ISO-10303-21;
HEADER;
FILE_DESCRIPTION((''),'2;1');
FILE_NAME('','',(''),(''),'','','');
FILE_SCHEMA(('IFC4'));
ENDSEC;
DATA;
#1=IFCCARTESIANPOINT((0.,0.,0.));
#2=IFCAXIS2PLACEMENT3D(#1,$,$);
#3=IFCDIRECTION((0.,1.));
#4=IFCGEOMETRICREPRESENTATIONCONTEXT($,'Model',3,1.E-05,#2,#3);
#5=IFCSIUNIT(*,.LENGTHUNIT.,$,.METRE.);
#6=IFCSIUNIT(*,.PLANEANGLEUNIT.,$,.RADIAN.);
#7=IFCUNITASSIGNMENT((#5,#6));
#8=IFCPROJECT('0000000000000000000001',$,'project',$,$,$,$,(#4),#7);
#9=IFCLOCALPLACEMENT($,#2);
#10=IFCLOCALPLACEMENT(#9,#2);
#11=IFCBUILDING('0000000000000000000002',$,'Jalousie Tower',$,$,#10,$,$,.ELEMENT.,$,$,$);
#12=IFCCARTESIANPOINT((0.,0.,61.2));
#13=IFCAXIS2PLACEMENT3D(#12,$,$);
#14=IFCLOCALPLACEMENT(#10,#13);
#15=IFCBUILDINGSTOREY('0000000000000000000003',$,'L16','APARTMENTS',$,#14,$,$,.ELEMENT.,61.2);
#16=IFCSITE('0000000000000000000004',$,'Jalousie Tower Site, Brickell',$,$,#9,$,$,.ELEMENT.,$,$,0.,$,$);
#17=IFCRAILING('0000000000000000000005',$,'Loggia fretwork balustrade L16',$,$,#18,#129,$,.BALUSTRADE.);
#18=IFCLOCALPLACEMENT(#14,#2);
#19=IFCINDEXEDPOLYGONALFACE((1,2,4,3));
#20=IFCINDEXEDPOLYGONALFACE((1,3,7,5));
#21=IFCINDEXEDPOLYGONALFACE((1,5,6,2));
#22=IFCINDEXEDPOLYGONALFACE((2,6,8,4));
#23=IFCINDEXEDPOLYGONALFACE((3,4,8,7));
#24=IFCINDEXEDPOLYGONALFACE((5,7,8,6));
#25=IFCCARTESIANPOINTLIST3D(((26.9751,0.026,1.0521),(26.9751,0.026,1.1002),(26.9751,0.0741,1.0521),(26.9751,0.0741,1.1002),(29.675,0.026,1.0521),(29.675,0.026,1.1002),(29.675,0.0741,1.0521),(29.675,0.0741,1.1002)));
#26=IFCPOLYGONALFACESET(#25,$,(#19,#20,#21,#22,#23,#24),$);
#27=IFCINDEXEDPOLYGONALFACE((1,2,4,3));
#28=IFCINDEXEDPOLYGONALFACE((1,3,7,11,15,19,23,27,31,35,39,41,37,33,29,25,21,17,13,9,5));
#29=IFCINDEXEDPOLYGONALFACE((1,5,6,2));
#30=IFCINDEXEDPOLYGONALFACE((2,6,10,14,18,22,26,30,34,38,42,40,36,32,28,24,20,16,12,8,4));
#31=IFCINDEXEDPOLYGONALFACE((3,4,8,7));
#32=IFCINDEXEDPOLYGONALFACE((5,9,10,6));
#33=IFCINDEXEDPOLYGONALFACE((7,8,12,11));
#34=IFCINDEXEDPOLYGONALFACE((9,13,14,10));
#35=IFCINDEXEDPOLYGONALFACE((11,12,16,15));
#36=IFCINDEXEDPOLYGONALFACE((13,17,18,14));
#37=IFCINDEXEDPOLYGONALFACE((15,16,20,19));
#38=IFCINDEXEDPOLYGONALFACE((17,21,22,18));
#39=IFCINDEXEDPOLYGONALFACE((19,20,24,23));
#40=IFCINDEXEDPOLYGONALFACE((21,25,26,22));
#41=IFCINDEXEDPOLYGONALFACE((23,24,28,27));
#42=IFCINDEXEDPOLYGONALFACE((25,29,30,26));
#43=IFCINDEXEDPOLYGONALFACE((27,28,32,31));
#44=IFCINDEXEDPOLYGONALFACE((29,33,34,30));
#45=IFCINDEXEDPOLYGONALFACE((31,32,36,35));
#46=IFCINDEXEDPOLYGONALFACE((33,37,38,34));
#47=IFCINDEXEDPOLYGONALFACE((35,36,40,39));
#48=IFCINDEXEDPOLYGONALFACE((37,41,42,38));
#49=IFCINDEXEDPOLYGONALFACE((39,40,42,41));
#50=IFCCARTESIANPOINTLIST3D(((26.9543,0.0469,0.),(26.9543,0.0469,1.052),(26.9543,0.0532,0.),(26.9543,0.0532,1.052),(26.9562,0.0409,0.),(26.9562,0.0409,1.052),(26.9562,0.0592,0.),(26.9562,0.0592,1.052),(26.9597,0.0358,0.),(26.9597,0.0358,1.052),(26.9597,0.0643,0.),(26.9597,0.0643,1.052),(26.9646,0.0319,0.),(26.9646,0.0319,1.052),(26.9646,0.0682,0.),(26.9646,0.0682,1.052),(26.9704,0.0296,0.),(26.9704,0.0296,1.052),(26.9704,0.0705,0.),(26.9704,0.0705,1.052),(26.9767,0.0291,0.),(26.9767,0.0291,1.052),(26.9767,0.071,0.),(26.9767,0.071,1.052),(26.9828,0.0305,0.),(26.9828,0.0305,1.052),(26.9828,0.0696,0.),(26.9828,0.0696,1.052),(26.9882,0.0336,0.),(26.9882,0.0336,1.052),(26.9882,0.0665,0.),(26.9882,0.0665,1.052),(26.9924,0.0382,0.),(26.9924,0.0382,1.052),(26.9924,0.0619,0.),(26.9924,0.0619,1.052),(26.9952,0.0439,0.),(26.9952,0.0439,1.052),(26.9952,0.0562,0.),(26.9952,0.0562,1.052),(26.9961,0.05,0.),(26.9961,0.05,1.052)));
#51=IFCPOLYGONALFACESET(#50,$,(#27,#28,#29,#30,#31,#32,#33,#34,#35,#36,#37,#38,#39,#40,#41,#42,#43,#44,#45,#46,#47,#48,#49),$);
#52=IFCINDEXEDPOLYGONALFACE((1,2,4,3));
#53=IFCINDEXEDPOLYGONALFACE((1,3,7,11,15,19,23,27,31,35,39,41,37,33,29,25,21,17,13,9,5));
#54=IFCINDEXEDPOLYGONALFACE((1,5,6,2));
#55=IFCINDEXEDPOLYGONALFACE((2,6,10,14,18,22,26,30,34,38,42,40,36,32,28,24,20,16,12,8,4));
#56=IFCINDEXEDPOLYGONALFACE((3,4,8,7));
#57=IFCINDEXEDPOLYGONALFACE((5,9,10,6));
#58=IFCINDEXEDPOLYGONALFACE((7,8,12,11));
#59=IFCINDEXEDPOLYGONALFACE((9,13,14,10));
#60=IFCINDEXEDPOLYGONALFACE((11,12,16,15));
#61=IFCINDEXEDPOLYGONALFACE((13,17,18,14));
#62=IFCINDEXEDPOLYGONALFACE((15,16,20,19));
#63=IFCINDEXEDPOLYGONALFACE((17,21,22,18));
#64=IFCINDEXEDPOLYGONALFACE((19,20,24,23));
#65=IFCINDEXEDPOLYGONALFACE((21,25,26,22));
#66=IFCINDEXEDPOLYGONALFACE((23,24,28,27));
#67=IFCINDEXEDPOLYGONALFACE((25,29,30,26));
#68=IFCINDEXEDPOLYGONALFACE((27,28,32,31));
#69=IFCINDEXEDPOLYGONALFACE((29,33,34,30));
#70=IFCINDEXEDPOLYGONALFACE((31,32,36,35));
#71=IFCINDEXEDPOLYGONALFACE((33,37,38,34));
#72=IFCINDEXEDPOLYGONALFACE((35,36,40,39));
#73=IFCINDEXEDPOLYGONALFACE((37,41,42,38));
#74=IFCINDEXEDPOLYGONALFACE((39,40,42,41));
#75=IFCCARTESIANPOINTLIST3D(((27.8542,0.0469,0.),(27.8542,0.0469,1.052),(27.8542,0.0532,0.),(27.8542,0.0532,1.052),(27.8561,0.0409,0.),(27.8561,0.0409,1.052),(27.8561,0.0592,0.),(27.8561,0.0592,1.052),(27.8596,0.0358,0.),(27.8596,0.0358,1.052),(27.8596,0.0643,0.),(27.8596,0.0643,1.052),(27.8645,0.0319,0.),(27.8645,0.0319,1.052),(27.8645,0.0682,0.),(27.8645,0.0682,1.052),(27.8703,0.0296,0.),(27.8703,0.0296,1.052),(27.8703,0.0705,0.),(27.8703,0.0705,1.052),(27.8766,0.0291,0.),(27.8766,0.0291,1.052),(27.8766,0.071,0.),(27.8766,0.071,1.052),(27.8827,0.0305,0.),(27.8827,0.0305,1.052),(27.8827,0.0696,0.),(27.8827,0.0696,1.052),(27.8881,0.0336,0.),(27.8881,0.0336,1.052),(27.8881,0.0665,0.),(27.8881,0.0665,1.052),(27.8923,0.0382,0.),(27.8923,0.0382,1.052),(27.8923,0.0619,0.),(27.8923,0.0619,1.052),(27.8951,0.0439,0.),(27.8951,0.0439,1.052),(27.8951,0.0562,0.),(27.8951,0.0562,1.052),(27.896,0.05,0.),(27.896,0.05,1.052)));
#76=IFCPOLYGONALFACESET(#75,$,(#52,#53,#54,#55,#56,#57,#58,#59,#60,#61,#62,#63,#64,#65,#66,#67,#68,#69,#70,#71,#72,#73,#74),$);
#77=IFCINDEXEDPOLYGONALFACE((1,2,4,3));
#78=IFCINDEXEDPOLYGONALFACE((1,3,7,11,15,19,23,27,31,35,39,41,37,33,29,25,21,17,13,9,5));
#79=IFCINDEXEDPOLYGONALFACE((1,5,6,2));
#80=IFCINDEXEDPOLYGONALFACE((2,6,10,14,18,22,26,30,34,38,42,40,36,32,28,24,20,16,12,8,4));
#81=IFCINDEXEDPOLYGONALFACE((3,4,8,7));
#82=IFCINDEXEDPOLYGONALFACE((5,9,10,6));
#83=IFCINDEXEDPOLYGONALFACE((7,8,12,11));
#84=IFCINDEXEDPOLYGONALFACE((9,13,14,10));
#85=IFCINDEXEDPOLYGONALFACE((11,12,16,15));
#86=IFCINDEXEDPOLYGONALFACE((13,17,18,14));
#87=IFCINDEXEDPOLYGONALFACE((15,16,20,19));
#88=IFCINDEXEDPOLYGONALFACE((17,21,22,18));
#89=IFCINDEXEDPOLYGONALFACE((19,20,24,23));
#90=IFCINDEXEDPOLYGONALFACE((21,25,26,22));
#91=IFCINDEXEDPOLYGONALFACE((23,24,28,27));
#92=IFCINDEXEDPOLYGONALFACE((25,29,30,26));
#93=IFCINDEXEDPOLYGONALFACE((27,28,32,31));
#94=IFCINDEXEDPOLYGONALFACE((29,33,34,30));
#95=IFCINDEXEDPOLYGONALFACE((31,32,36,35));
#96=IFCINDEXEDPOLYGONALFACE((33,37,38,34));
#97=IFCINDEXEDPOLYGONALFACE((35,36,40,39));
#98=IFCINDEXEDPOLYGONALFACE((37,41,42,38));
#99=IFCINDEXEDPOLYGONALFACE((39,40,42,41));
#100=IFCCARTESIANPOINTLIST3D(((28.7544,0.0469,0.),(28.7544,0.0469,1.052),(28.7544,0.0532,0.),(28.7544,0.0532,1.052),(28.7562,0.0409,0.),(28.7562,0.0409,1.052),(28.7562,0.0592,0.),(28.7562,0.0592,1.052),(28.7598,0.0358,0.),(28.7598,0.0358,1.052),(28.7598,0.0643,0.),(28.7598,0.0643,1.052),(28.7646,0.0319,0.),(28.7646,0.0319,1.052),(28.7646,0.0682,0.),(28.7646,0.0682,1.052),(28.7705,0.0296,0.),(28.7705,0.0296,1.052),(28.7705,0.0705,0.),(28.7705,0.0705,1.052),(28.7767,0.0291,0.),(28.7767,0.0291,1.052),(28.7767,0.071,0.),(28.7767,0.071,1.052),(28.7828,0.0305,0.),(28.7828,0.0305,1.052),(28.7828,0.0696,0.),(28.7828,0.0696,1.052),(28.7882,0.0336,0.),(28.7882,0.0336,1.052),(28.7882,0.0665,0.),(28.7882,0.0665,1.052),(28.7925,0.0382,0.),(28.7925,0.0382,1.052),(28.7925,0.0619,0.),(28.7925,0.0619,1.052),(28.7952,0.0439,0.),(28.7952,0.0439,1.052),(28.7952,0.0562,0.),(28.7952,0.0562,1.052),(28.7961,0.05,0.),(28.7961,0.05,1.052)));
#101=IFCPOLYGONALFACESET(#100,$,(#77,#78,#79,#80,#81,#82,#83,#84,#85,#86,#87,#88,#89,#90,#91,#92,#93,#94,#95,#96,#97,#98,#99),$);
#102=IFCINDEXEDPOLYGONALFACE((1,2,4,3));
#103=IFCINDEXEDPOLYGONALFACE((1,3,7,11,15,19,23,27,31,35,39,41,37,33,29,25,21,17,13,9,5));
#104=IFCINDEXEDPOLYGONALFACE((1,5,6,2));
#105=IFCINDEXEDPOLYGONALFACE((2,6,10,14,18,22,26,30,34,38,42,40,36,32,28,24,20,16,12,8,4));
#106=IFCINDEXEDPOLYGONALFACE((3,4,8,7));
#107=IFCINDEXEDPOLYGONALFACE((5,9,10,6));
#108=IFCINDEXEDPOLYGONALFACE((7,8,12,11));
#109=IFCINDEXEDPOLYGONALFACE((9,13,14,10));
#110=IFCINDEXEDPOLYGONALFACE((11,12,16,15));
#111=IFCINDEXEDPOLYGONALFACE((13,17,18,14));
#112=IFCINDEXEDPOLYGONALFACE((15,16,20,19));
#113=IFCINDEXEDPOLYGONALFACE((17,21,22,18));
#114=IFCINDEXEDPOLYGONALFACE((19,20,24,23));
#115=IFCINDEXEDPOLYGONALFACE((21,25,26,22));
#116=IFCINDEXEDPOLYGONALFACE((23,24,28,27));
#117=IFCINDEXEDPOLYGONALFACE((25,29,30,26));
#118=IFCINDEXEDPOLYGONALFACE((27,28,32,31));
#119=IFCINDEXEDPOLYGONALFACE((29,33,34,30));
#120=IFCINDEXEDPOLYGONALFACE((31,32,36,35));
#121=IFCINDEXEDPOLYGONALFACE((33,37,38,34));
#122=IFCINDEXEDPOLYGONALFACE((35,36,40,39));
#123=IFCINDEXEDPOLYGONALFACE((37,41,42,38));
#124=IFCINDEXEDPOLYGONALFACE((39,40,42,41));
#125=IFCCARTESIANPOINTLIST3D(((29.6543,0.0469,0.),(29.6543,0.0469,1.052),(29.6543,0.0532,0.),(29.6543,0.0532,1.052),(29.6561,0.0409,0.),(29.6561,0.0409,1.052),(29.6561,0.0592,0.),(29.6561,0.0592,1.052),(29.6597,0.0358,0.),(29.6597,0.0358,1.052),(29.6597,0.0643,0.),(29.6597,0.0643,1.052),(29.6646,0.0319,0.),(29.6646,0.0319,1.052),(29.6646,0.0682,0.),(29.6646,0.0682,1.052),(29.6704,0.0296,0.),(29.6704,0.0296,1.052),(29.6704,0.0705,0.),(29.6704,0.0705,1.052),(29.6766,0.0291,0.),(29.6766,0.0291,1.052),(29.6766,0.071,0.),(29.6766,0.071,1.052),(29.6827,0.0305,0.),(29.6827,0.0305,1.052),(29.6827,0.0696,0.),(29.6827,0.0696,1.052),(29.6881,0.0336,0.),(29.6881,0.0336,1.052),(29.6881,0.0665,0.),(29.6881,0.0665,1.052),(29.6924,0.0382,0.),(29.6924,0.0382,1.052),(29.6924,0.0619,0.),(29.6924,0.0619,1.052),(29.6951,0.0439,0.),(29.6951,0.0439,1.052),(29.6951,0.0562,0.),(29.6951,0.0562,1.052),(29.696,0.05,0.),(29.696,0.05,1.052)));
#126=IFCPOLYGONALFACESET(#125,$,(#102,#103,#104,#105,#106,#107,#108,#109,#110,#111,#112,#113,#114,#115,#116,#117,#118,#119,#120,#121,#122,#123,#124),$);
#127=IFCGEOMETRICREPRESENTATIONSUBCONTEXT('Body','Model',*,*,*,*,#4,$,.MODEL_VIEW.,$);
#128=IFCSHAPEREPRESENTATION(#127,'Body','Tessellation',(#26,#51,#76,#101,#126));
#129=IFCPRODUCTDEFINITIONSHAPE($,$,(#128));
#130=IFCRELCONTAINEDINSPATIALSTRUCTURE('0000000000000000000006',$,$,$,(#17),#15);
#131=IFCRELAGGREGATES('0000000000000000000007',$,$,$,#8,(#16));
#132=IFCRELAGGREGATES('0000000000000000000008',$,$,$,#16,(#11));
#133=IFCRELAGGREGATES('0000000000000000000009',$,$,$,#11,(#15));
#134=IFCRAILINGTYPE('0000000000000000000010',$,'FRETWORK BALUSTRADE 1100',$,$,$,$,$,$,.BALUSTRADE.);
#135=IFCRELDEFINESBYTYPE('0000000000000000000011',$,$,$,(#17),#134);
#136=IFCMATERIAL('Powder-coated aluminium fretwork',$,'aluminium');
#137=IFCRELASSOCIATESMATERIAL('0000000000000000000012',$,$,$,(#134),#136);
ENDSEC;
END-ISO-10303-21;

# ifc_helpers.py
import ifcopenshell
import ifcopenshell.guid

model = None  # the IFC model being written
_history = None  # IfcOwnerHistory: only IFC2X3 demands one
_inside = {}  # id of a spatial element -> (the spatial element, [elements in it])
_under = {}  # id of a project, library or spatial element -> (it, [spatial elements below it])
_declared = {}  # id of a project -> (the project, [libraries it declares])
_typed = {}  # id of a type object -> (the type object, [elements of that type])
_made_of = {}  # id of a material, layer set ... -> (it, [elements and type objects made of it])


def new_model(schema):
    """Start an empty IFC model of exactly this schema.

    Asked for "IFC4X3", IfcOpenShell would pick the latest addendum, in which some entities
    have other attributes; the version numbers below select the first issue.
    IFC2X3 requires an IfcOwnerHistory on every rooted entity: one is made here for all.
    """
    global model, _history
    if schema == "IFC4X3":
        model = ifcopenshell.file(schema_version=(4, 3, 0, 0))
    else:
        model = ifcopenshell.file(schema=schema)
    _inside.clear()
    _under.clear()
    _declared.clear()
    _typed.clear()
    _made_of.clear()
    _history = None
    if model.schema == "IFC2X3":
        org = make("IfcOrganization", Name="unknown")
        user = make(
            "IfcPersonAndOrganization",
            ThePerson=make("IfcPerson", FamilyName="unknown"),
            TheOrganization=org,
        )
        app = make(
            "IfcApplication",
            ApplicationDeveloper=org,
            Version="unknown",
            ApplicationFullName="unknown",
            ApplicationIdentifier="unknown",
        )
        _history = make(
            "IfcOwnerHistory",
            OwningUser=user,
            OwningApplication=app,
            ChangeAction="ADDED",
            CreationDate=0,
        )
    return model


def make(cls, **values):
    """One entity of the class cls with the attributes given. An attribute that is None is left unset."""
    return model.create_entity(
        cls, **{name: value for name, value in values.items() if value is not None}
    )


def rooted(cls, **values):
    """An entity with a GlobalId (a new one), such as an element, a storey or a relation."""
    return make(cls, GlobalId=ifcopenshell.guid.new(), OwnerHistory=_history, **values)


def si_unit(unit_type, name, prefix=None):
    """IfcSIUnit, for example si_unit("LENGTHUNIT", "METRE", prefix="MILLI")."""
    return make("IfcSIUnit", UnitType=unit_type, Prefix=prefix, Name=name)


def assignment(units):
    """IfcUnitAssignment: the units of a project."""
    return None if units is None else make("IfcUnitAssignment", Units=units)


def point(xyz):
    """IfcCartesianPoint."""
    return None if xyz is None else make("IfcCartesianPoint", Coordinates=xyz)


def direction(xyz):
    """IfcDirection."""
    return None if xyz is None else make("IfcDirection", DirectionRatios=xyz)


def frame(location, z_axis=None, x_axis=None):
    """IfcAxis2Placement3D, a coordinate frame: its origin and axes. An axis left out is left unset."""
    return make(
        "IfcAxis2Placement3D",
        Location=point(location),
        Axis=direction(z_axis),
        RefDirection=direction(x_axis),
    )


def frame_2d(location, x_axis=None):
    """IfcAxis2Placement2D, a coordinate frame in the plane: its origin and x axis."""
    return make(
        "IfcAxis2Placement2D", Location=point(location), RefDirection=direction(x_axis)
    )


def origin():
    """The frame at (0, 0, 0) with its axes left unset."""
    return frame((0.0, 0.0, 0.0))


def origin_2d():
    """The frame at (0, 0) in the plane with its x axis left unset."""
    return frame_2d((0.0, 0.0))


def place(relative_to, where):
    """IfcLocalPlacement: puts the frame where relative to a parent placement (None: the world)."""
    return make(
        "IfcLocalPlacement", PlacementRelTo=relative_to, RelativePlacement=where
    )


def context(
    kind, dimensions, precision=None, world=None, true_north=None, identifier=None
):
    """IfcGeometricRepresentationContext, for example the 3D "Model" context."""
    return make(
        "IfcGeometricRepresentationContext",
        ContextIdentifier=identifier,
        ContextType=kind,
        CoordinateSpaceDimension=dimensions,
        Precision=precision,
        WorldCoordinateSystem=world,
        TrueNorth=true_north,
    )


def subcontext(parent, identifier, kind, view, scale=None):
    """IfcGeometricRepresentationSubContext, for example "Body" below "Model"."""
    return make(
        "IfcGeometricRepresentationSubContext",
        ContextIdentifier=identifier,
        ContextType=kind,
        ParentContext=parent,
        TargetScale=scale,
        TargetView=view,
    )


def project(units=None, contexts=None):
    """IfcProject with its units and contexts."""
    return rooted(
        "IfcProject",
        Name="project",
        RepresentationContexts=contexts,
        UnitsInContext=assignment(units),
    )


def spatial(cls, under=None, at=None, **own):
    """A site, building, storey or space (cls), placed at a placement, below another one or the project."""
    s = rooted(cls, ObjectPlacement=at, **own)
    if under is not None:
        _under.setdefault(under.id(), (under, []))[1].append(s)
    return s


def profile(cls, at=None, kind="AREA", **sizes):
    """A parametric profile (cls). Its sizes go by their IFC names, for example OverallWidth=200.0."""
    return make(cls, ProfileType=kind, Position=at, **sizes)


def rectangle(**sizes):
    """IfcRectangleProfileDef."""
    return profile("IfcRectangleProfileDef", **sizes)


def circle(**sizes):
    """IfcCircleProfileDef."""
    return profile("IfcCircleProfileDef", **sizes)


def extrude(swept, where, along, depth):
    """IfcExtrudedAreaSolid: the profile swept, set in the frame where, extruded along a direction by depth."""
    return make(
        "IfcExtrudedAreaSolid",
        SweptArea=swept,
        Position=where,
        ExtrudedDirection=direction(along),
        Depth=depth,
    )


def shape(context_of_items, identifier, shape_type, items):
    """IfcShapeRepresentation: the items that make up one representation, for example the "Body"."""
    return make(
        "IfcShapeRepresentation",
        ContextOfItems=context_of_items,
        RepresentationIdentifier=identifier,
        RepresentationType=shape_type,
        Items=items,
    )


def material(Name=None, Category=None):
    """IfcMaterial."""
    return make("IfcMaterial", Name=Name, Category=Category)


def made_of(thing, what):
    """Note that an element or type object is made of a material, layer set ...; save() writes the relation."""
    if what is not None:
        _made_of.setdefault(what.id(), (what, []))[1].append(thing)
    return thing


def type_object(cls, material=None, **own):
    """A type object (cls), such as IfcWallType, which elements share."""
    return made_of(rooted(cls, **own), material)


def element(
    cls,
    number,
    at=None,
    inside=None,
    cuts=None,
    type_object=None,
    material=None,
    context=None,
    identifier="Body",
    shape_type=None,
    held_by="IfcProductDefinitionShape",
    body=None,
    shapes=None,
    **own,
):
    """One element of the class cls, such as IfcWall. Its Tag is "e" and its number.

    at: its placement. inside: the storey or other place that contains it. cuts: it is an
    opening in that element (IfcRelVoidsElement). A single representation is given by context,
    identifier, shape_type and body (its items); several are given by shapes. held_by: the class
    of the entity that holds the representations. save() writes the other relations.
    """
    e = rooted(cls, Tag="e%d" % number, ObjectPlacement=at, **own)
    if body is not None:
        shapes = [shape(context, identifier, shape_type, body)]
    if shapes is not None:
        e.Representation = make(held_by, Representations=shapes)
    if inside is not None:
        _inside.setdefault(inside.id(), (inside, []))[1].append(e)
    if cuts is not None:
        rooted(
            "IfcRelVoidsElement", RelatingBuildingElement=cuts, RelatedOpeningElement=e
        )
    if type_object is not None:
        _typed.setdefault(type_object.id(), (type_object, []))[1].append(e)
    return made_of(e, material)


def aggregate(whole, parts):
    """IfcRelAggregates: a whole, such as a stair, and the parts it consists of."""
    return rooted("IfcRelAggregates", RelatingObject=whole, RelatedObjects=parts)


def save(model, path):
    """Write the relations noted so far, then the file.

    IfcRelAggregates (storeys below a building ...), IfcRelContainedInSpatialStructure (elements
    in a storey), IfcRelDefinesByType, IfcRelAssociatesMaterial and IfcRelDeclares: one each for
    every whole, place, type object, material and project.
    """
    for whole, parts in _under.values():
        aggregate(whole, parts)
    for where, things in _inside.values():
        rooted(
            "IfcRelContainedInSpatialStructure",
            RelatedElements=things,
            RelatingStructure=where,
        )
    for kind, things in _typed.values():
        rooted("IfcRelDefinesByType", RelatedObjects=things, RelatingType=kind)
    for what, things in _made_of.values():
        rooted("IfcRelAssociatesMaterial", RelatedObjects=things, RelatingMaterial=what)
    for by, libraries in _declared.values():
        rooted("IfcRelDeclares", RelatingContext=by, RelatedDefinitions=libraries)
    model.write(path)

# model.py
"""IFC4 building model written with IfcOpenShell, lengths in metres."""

from ifc_helpers import new_model, si_unit, direction, frame, origin, origin_2d, place, context, subcontext, project, spatial, rectangle, circle, extrude, material, type_object, element, save


model = new_model("IFC4")

# Units and contexts
model_context = context("Model", 3, precision=1e-05, world=origin(), true_north=direction((0.0, 1.0)))
body_context = subcontext(model_context, "Body", "Model", "MODEL_VIEW")
ifc_project = project(units=[si_unit("LENGTHUNIT", "METRE"), si_unit("PLANEANGLEUNIT", "RADIAN")], contexts=[model_context])

# Site, building, storey
site_placement = place(None, origin())
site = spatial("IfcSite", under=ifc_project, at=site_placement, Name="Jalousie Tower Site, Brickell", CompositionType="ELEMENT", RefElevation=0.0)
building_placement = place(site_placement, origin())
building = spatial("IfcBuilding", under=site, at=building_placement, Name="Jalousie Tower", CompositionType="ELEMENT")
storey_placement = place(building_placement, frame((0.0, 0.0, 61.2)))
storey = spatial("IfcBuildingStorey", under=building, at=storey_placement, Name="L16", Description="APARTMENTS", CompositionType="ELEMENT", Elevation=61.2)

# Railing
ifc_material_1 = material(Name="Powder-coated aluminium fretwork", Category="aluminium")
railing_type = type_object("IfcRailingType", Name="FRETWORK BALUSTRADE 1100", PredefinedType="BALUSTRADE", material=ifc_material_1)
for number, where, name in (
    (1, (26.9751, 0.05, 0.0), "Loggia fretwork balustrade L16"),
):
    element("IfcRailing", number, at=place(storey_placement, frame(where)), inside=storey, type_object=railing_type, Name=name, PredefinedType="BALUSTRADE", context=body_context, shape_type="SweptSolid", body=[
        extrude(rectangle(XDim=0.0481, YDim=0.0481, at=origin_2d()), frame((0.0, 0.0, 1.0762), z_axis=(1.0, 0.0, 0.0), x_axis=(0.0, 1.0, 0.0)), (0.0, 0.0, 1.0), 2.7),
        extrude(circle(Radius=0.021, at=origin_2d()), origin(), (0.0, 0.0, 1.0), 1.052),
        extrude(circle(Radius=0.021, at=origin_2d()), frame((0.8999, 0.0, 0.0)), (0.0, 0.0, 1.0), 1.052),
        extrude(circle(Radius=0.021, at=origin_2d()), frame((1.8, 0.0, 0.0)), (0.0, 0.0, 1.0), 1.052),
        extrude(circle(Radius=0.021, at=origin_2d()), frame((2.7, 0.0, 0.0)), (0.0, 0.0, 1.0), 1.052),
    ])

save(model, "model.ifc")
